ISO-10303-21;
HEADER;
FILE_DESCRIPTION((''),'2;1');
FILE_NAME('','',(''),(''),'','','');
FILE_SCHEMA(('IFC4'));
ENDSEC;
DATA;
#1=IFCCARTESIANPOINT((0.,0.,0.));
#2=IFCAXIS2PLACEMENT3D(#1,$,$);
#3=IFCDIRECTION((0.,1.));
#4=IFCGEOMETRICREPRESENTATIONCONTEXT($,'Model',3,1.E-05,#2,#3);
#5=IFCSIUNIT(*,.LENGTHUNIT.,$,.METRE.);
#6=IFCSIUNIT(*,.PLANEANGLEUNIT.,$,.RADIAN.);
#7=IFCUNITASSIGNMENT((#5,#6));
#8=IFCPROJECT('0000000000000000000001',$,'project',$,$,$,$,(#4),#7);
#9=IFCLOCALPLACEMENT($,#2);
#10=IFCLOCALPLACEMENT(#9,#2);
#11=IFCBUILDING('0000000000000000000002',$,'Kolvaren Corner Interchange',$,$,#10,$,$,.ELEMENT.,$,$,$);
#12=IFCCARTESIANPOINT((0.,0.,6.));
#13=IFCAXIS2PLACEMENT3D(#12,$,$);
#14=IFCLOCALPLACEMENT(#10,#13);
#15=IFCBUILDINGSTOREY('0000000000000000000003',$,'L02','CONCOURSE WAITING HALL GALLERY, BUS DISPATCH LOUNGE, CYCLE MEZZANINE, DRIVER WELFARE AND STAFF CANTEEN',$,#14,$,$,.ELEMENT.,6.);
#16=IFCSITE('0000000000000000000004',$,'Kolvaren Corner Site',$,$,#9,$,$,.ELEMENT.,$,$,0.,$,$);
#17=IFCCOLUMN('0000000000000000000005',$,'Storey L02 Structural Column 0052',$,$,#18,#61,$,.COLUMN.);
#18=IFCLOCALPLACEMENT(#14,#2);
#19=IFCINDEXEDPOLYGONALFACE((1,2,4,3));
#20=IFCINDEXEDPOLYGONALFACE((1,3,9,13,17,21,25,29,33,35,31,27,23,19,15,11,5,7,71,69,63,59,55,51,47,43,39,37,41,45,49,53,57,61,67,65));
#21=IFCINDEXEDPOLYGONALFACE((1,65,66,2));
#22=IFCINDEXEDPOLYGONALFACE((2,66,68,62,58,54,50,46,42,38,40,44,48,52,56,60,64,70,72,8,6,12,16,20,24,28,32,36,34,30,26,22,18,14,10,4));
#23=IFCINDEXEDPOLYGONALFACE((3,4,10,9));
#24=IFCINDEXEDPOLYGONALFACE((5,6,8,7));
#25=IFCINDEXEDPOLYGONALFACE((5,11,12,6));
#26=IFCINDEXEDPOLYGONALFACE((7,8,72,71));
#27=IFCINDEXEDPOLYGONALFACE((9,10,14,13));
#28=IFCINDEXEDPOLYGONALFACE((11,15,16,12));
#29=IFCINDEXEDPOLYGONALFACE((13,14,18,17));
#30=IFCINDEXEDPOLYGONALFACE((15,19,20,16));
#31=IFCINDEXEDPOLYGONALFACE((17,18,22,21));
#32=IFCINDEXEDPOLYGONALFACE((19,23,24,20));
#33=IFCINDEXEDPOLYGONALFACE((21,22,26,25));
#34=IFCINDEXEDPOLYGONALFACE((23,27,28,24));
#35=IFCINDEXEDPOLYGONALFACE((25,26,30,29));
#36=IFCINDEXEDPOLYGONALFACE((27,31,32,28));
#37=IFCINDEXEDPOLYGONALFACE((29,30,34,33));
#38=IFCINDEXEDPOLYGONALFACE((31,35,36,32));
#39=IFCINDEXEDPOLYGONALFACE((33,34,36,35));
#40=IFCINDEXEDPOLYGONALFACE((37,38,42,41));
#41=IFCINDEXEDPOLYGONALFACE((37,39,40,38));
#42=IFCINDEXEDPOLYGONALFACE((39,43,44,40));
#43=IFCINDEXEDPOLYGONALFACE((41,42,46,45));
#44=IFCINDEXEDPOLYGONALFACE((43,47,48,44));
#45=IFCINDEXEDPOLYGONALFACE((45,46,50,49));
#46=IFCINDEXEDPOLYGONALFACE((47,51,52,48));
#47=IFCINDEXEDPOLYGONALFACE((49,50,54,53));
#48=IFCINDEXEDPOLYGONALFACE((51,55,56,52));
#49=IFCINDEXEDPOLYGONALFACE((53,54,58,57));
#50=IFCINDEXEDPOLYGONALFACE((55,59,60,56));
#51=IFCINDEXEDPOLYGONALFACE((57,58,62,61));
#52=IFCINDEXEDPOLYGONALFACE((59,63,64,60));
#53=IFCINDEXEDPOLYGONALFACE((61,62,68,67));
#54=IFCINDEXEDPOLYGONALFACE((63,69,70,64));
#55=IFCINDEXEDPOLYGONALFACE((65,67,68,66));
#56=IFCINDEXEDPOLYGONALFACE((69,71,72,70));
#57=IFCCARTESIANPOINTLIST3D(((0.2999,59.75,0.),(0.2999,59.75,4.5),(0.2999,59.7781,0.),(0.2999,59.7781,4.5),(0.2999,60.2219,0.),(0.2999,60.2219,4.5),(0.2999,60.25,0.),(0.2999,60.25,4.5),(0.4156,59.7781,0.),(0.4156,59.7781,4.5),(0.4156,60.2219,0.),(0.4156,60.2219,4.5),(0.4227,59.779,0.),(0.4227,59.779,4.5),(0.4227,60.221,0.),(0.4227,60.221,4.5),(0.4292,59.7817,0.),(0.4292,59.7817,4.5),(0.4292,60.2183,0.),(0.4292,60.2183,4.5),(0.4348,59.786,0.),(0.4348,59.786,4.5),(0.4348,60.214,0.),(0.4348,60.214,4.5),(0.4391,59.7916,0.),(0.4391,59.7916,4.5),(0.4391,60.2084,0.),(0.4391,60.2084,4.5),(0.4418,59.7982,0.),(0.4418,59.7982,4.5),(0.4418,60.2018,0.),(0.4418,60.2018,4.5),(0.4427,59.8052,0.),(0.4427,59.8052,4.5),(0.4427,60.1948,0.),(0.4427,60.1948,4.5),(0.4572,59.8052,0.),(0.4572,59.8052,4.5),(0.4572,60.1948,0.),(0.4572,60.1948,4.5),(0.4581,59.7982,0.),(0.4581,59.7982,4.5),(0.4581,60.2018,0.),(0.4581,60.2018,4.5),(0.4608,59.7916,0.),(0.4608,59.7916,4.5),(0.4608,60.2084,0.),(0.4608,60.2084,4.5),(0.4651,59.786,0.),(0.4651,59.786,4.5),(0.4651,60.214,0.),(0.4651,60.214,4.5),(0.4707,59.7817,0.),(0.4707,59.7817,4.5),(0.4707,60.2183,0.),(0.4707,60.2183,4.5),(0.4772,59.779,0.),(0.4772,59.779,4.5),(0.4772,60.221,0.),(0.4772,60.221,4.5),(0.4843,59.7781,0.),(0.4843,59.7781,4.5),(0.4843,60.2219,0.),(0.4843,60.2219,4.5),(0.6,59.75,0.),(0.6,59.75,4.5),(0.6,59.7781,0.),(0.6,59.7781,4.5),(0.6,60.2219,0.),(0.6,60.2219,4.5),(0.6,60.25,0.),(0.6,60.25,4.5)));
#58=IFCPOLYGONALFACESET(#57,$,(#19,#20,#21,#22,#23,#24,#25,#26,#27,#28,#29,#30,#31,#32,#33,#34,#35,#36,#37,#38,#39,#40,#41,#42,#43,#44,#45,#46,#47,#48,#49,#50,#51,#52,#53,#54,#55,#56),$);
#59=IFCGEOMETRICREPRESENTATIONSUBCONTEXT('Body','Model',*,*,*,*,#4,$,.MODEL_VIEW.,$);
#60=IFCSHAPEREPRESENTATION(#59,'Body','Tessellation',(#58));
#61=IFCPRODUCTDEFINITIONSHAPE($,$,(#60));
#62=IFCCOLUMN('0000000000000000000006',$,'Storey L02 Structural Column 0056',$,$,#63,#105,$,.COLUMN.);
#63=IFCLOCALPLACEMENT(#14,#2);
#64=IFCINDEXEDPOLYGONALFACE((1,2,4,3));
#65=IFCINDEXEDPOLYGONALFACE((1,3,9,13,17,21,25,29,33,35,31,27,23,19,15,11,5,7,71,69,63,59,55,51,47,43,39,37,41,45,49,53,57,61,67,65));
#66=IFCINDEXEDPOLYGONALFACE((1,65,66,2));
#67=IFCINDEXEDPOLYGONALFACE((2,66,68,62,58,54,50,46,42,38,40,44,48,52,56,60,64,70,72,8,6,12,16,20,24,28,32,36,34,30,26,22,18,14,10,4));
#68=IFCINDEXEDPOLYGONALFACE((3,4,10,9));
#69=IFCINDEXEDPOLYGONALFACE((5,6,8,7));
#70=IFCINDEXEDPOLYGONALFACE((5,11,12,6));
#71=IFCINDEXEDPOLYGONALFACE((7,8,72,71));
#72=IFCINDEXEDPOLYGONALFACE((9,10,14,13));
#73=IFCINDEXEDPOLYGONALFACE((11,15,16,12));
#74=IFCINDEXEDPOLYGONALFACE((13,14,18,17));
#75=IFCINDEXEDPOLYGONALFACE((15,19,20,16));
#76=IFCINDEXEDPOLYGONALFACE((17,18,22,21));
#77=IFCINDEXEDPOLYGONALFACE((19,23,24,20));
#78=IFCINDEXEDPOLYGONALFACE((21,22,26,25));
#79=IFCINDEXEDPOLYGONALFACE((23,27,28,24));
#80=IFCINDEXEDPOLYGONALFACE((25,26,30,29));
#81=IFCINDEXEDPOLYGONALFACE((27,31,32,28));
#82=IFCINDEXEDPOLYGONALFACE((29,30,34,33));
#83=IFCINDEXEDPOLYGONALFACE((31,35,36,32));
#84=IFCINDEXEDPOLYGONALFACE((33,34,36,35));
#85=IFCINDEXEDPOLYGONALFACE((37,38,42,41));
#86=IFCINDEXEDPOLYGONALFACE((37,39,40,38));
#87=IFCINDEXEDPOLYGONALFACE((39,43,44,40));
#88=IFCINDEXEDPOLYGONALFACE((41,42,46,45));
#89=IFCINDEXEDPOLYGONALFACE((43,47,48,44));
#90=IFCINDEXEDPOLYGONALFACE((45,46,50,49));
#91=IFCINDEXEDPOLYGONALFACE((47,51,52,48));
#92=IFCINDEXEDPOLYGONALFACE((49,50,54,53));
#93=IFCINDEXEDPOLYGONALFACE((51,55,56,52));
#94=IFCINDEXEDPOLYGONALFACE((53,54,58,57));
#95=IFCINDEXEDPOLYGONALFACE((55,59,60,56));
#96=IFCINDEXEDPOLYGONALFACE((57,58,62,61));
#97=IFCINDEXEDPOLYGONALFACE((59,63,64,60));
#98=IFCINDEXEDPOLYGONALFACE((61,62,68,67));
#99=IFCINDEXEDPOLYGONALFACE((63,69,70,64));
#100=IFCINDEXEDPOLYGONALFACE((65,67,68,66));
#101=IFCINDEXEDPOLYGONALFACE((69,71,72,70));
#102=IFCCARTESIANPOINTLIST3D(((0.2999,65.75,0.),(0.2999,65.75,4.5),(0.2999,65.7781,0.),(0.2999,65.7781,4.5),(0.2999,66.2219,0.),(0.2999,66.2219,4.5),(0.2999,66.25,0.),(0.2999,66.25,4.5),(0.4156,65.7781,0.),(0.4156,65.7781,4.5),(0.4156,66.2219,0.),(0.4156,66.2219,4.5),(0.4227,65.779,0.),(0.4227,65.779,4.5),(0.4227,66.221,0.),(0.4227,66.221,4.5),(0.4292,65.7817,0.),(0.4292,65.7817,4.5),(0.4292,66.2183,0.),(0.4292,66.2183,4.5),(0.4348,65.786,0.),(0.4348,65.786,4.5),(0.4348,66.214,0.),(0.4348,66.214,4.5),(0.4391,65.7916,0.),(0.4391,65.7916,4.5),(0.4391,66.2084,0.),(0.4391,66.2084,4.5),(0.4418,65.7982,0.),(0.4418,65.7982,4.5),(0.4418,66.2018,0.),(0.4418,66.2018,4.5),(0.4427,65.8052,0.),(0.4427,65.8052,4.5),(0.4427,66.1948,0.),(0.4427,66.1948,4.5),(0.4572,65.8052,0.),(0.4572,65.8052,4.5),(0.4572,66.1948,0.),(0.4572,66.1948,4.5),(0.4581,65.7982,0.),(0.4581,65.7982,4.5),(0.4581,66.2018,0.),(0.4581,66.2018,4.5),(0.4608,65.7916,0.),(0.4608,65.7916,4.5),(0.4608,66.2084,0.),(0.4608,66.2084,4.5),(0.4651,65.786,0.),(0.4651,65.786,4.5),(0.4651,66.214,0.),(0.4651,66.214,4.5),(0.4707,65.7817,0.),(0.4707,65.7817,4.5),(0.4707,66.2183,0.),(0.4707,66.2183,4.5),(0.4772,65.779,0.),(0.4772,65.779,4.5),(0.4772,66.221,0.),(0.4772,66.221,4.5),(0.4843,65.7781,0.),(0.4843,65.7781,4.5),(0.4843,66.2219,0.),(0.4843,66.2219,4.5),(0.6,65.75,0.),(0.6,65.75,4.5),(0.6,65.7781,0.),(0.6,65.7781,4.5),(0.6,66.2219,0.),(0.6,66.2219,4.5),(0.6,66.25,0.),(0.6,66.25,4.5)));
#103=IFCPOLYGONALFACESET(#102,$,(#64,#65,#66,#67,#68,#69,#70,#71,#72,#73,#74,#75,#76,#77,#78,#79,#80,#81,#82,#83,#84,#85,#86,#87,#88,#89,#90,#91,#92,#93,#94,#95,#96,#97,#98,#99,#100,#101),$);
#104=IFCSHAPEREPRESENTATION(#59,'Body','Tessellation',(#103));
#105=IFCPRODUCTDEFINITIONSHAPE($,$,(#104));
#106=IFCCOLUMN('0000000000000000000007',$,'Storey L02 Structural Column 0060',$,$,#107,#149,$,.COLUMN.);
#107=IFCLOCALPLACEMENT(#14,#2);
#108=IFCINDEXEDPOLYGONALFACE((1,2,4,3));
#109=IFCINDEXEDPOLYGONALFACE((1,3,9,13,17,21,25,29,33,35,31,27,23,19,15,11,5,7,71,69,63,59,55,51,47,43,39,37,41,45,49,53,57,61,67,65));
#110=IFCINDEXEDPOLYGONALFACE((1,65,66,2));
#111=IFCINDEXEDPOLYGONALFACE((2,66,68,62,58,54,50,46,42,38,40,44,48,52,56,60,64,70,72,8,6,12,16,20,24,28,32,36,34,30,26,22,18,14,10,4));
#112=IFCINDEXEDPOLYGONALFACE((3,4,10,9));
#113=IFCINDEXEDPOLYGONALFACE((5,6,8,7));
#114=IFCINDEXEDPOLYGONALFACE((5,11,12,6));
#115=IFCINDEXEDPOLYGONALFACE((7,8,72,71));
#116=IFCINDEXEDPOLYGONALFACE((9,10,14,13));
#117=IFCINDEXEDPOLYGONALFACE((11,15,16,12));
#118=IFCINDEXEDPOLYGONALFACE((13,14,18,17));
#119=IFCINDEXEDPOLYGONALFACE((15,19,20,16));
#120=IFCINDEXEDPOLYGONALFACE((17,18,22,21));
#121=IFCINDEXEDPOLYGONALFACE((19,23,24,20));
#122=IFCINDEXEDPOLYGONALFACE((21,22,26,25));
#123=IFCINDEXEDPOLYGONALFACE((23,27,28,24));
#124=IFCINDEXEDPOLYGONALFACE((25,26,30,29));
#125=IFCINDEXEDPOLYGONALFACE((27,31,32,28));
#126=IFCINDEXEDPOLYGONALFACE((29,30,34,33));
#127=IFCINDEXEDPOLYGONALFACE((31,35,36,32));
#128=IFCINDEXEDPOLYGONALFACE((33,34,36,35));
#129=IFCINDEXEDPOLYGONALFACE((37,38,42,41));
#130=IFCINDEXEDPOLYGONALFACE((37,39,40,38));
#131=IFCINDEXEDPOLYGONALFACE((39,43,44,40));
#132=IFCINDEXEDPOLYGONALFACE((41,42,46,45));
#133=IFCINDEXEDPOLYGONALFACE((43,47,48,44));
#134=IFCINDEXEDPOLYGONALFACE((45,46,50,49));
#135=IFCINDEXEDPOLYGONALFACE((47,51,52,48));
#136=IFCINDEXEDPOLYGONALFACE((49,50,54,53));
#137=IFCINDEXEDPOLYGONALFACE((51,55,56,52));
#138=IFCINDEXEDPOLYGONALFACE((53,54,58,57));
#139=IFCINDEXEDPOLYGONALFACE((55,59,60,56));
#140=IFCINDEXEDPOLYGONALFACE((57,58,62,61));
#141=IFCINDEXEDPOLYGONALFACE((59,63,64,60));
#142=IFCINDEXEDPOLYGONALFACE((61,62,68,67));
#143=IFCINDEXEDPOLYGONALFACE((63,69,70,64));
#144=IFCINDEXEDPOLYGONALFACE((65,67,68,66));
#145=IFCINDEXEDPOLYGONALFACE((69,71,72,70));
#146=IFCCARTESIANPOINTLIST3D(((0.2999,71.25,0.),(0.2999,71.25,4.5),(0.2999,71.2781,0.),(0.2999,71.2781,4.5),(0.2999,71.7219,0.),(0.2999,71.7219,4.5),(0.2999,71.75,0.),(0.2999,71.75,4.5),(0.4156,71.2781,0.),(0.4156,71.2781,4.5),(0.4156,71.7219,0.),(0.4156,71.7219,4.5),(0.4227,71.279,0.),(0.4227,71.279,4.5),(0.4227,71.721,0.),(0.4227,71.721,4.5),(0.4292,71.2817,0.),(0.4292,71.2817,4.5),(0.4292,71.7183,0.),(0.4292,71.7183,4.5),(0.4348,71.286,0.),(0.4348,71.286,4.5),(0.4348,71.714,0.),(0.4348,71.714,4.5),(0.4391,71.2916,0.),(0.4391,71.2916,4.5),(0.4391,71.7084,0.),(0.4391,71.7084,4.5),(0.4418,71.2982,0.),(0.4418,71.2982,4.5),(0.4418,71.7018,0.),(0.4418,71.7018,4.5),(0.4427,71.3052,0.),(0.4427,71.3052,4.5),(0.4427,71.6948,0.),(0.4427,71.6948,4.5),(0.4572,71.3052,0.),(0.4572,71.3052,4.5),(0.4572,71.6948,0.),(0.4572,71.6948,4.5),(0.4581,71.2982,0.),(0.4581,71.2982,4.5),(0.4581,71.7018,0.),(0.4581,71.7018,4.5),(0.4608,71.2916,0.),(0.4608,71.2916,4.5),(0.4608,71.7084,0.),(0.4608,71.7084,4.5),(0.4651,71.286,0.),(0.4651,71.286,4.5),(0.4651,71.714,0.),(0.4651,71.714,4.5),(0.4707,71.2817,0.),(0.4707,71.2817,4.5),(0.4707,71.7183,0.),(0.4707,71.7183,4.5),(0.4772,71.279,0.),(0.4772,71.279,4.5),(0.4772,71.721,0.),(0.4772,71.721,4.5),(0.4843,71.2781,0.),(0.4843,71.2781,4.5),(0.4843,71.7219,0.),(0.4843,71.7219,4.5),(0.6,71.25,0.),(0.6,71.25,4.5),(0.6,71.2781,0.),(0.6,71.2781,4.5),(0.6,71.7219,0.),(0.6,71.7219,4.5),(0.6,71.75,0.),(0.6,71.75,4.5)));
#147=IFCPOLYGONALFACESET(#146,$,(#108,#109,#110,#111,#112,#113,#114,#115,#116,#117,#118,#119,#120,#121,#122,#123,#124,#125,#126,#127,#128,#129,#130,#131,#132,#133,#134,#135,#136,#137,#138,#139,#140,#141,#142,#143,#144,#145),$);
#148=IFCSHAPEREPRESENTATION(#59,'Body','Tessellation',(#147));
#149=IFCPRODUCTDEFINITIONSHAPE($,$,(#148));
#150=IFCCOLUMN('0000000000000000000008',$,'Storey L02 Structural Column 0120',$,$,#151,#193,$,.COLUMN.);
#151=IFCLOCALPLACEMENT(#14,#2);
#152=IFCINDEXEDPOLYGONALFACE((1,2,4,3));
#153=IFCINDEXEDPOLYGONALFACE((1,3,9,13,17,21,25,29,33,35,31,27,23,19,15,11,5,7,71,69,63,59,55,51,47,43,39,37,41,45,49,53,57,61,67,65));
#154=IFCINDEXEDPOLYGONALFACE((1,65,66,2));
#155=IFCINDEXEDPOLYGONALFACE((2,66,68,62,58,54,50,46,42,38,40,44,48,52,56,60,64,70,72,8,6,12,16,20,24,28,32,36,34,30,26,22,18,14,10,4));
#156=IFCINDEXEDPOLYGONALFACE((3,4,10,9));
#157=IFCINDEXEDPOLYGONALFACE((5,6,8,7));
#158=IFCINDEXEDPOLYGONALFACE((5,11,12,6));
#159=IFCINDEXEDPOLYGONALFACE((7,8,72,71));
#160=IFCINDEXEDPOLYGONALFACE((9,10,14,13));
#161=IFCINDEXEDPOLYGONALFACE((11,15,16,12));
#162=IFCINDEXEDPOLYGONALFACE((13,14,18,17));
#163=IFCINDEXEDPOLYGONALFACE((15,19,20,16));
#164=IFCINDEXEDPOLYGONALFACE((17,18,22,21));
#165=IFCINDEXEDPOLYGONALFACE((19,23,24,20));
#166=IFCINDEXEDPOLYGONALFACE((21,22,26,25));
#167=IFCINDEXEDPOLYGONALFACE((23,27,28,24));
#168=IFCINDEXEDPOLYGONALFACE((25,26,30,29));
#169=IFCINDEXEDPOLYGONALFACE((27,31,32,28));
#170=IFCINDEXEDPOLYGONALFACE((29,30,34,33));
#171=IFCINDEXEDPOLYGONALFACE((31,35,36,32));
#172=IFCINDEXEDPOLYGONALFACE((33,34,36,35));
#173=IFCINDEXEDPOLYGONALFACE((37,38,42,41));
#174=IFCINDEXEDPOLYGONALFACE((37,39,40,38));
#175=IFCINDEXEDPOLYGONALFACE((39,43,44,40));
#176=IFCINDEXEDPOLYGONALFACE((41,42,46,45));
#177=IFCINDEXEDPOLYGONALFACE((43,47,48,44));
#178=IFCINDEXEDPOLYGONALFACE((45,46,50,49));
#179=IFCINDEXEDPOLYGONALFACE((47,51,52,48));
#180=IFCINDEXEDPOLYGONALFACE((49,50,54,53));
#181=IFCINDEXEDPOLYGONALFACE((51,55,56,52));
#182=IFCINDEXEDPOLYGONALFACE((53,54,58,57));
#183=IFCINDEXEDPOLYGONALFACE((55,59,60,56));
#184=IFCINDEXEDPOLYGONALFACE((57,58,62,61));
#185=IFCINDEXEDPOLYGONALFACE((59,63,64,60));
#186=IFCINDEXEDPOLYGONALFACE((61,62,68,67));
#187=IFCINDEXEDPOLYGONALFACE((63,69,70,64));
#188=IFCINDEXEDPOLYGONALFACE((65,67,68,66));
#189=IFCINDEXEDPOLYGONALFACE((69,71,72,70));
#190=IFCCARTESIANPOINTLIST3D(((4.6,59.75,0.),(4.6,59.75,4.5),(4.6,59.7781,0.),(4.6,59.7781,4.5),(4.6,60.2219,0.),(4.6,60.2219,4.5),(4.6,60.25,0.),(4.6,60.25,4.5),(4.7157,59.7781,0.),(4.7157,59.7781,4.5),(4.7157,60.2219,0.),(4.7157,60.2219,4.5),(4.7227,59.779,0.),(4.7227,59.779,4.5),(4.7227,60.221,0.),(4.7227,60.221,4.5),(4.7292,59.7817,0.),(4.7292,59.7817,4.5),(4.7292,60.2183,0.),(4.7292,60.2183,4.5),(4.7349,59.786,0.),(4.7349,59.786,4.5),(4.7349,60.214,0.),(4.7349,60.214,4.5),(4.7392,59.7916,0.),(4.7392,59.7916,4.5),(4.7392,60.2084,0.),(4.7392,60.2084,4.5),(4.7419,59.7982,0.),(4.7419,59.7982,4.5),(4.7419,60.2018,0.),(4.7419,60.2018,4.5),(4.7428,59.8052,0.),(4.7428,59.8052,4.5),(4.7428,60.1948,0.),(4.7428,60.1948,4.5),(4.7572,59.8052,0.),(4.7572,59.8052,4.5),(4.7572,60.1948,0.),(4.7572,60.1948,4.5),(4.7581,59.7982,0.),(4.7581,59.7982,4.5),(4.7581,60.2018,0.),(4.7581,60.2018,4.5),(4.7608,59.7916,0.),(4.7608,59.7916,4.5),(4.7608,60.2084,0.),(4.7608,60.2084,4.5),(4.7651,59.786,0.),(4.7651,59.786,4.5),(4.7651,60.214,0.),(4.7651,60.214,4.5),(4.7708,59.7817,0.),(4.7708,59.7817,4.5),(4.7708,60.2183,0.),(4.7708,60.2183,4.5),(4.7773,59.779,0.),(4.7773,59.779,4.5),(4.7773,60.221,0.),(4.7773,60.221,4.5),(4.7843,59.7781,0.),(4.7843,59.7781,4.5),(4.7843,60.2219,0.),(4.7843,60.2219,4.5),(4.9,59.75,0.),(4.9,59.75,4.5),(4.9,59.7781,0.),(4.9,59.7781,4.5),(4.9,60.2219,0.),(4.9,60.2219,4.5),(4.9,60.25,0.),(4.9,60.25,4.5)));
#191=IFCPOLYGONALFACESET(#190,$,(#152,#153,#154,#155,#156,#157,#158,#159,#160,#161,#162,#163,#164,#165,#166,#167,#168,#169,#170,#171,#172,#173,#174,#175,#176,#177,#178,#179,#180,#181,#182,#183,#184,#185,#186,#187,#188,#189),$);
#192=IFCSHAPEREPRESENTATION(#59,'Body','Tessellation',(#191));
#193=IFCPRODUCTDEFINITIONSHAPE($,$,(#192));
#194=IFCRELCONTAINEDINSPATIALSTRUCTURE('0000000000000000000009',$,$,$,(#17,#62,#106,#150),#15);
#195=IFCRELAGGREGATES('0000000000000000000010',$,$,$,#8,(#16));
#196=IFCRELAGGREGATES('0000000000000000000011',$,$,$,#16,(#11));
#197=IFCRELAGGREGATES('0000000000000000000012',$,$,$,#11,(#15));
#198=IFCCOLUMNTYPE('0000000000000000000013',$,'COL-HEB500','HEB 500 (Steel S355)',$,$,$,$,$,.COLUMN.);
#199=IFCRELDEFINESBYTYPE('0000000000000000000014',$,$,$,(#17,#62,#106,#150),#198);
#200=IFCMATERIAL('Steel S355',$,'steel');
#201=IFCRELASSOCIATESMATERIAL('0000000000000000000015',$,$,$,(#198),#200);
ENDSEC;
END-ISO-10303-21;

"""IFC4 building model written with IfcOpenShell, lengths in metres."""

from ifc_helpers import new_model, si_unit, direction, frame, origin, origin_2d, place, context, subcontext, project, spatial, i_section, extrude, material, material_profile, profile_set, type_object, element, save


model = new_model("IFC4")

# Units and contexts
model_context = context("Model", 3, precision=1e-05, world=origin(), true_north=direction((0.0, 1.0)))
body_context = subcontext(model_context, "Body", "Model", "MODEL_VIEW")
ifc_project = project(units=[si_unit("LENGTHUNIT", "METRE"), si_unit("PLANEANGLEUNIT", "RADIAN")], contexts=[model_context])

# Site, building, storey
site_placement = place(None, origin())
site = spatial("IfcSite", under=ifc_project, at=site_placement, Name="Kolvaren Corner Site", CompositionType="ELEMENT", RefElevation=0.0)
building_placement = place(site_placement, origin())
building = spatial("IfcBuilding", under=site, at=building_placement, Name="Kolvaren Corner Interchange", CompositionType="ELEMENT")
storey_placement = place(building_placement, frame((0.0, 0.0, 6.0)))
storey = spatial("IfcBuildingStorey", under=building, at=storey_placement, Name="L02", Description="CONCOURSE WAITING HALL GALLERY, BUS DISPATCH LOUNGE, CYCLE MEZZANINE, DRIVER WELFARE AND STAFF CANTEEN", CompositionType="ELEMENT", Elevation=6.0)

# Columns
ifc_material_1 = material(Name="Steel S355", Category="steel")
ifc_material_profile_1 = material_profile(ifc_material_1, i_section(OverallWidth=0.3, OverallDepth=0.5, WebThickness=0.0144, FlangeThickness=0.0281, FilletRadius=0.0271, at=origin_2d()), Name="HEB 500")
ifc_profile_set_1 = profile_set([ifc_material_profile_1], Name="Steel S355")
column_type = type_object("IfcColumnType", Name="COL-HEB500", Description="HEB 500 (Steel S355)", PredefinedType="COLUMN", material=ifc_profile_set_1)
for number, where, z_axis, x_axis, name in (
    (1, (0.45, 60.0, 0.0), (0.0, 0.0, 1.0), (1.0, 0.0, 0.0), "Storey L02 Structural Column 0052"),
    (2, (0.45, 66.0, 0.0), (0.0, 0.0, 1.0), (1.0, 0.0, 0.0), "Storey L02 Structural Column 0056"),
    (3, (0.45, 71.5, 0.0), (0.0, 0.0, 1.0), (1.0, 0.0, 0.0), "Storey L02 Structural Column 0060"),
    (4, (4.75, 60.0, 0.0), (0.0, 0.0, 1.0), (1.0, 0.0, 0.0), "Storey L02 Structural Column 0120"),
):
    element("IfcColumn", number, at=place(storey_placement, frame(where, z_axis=z_axis, x_axis=x_axis)), inside=storey, type_object=column_type, Name=name, PredefinedType="COLUMN", context=body_context, shape_type="SweptSolid", body=[
        extrude(i_section(OverallWidth=0.3, OverallDepth=0.5, WebThickness=0.0144, FlangeThickness=0.0281, FilletRadius=0.0271, at=origin_2d()), origin(), (0.0, 0.0, 1.0), 4.5),
    ])

save(model, "model.ifc")
